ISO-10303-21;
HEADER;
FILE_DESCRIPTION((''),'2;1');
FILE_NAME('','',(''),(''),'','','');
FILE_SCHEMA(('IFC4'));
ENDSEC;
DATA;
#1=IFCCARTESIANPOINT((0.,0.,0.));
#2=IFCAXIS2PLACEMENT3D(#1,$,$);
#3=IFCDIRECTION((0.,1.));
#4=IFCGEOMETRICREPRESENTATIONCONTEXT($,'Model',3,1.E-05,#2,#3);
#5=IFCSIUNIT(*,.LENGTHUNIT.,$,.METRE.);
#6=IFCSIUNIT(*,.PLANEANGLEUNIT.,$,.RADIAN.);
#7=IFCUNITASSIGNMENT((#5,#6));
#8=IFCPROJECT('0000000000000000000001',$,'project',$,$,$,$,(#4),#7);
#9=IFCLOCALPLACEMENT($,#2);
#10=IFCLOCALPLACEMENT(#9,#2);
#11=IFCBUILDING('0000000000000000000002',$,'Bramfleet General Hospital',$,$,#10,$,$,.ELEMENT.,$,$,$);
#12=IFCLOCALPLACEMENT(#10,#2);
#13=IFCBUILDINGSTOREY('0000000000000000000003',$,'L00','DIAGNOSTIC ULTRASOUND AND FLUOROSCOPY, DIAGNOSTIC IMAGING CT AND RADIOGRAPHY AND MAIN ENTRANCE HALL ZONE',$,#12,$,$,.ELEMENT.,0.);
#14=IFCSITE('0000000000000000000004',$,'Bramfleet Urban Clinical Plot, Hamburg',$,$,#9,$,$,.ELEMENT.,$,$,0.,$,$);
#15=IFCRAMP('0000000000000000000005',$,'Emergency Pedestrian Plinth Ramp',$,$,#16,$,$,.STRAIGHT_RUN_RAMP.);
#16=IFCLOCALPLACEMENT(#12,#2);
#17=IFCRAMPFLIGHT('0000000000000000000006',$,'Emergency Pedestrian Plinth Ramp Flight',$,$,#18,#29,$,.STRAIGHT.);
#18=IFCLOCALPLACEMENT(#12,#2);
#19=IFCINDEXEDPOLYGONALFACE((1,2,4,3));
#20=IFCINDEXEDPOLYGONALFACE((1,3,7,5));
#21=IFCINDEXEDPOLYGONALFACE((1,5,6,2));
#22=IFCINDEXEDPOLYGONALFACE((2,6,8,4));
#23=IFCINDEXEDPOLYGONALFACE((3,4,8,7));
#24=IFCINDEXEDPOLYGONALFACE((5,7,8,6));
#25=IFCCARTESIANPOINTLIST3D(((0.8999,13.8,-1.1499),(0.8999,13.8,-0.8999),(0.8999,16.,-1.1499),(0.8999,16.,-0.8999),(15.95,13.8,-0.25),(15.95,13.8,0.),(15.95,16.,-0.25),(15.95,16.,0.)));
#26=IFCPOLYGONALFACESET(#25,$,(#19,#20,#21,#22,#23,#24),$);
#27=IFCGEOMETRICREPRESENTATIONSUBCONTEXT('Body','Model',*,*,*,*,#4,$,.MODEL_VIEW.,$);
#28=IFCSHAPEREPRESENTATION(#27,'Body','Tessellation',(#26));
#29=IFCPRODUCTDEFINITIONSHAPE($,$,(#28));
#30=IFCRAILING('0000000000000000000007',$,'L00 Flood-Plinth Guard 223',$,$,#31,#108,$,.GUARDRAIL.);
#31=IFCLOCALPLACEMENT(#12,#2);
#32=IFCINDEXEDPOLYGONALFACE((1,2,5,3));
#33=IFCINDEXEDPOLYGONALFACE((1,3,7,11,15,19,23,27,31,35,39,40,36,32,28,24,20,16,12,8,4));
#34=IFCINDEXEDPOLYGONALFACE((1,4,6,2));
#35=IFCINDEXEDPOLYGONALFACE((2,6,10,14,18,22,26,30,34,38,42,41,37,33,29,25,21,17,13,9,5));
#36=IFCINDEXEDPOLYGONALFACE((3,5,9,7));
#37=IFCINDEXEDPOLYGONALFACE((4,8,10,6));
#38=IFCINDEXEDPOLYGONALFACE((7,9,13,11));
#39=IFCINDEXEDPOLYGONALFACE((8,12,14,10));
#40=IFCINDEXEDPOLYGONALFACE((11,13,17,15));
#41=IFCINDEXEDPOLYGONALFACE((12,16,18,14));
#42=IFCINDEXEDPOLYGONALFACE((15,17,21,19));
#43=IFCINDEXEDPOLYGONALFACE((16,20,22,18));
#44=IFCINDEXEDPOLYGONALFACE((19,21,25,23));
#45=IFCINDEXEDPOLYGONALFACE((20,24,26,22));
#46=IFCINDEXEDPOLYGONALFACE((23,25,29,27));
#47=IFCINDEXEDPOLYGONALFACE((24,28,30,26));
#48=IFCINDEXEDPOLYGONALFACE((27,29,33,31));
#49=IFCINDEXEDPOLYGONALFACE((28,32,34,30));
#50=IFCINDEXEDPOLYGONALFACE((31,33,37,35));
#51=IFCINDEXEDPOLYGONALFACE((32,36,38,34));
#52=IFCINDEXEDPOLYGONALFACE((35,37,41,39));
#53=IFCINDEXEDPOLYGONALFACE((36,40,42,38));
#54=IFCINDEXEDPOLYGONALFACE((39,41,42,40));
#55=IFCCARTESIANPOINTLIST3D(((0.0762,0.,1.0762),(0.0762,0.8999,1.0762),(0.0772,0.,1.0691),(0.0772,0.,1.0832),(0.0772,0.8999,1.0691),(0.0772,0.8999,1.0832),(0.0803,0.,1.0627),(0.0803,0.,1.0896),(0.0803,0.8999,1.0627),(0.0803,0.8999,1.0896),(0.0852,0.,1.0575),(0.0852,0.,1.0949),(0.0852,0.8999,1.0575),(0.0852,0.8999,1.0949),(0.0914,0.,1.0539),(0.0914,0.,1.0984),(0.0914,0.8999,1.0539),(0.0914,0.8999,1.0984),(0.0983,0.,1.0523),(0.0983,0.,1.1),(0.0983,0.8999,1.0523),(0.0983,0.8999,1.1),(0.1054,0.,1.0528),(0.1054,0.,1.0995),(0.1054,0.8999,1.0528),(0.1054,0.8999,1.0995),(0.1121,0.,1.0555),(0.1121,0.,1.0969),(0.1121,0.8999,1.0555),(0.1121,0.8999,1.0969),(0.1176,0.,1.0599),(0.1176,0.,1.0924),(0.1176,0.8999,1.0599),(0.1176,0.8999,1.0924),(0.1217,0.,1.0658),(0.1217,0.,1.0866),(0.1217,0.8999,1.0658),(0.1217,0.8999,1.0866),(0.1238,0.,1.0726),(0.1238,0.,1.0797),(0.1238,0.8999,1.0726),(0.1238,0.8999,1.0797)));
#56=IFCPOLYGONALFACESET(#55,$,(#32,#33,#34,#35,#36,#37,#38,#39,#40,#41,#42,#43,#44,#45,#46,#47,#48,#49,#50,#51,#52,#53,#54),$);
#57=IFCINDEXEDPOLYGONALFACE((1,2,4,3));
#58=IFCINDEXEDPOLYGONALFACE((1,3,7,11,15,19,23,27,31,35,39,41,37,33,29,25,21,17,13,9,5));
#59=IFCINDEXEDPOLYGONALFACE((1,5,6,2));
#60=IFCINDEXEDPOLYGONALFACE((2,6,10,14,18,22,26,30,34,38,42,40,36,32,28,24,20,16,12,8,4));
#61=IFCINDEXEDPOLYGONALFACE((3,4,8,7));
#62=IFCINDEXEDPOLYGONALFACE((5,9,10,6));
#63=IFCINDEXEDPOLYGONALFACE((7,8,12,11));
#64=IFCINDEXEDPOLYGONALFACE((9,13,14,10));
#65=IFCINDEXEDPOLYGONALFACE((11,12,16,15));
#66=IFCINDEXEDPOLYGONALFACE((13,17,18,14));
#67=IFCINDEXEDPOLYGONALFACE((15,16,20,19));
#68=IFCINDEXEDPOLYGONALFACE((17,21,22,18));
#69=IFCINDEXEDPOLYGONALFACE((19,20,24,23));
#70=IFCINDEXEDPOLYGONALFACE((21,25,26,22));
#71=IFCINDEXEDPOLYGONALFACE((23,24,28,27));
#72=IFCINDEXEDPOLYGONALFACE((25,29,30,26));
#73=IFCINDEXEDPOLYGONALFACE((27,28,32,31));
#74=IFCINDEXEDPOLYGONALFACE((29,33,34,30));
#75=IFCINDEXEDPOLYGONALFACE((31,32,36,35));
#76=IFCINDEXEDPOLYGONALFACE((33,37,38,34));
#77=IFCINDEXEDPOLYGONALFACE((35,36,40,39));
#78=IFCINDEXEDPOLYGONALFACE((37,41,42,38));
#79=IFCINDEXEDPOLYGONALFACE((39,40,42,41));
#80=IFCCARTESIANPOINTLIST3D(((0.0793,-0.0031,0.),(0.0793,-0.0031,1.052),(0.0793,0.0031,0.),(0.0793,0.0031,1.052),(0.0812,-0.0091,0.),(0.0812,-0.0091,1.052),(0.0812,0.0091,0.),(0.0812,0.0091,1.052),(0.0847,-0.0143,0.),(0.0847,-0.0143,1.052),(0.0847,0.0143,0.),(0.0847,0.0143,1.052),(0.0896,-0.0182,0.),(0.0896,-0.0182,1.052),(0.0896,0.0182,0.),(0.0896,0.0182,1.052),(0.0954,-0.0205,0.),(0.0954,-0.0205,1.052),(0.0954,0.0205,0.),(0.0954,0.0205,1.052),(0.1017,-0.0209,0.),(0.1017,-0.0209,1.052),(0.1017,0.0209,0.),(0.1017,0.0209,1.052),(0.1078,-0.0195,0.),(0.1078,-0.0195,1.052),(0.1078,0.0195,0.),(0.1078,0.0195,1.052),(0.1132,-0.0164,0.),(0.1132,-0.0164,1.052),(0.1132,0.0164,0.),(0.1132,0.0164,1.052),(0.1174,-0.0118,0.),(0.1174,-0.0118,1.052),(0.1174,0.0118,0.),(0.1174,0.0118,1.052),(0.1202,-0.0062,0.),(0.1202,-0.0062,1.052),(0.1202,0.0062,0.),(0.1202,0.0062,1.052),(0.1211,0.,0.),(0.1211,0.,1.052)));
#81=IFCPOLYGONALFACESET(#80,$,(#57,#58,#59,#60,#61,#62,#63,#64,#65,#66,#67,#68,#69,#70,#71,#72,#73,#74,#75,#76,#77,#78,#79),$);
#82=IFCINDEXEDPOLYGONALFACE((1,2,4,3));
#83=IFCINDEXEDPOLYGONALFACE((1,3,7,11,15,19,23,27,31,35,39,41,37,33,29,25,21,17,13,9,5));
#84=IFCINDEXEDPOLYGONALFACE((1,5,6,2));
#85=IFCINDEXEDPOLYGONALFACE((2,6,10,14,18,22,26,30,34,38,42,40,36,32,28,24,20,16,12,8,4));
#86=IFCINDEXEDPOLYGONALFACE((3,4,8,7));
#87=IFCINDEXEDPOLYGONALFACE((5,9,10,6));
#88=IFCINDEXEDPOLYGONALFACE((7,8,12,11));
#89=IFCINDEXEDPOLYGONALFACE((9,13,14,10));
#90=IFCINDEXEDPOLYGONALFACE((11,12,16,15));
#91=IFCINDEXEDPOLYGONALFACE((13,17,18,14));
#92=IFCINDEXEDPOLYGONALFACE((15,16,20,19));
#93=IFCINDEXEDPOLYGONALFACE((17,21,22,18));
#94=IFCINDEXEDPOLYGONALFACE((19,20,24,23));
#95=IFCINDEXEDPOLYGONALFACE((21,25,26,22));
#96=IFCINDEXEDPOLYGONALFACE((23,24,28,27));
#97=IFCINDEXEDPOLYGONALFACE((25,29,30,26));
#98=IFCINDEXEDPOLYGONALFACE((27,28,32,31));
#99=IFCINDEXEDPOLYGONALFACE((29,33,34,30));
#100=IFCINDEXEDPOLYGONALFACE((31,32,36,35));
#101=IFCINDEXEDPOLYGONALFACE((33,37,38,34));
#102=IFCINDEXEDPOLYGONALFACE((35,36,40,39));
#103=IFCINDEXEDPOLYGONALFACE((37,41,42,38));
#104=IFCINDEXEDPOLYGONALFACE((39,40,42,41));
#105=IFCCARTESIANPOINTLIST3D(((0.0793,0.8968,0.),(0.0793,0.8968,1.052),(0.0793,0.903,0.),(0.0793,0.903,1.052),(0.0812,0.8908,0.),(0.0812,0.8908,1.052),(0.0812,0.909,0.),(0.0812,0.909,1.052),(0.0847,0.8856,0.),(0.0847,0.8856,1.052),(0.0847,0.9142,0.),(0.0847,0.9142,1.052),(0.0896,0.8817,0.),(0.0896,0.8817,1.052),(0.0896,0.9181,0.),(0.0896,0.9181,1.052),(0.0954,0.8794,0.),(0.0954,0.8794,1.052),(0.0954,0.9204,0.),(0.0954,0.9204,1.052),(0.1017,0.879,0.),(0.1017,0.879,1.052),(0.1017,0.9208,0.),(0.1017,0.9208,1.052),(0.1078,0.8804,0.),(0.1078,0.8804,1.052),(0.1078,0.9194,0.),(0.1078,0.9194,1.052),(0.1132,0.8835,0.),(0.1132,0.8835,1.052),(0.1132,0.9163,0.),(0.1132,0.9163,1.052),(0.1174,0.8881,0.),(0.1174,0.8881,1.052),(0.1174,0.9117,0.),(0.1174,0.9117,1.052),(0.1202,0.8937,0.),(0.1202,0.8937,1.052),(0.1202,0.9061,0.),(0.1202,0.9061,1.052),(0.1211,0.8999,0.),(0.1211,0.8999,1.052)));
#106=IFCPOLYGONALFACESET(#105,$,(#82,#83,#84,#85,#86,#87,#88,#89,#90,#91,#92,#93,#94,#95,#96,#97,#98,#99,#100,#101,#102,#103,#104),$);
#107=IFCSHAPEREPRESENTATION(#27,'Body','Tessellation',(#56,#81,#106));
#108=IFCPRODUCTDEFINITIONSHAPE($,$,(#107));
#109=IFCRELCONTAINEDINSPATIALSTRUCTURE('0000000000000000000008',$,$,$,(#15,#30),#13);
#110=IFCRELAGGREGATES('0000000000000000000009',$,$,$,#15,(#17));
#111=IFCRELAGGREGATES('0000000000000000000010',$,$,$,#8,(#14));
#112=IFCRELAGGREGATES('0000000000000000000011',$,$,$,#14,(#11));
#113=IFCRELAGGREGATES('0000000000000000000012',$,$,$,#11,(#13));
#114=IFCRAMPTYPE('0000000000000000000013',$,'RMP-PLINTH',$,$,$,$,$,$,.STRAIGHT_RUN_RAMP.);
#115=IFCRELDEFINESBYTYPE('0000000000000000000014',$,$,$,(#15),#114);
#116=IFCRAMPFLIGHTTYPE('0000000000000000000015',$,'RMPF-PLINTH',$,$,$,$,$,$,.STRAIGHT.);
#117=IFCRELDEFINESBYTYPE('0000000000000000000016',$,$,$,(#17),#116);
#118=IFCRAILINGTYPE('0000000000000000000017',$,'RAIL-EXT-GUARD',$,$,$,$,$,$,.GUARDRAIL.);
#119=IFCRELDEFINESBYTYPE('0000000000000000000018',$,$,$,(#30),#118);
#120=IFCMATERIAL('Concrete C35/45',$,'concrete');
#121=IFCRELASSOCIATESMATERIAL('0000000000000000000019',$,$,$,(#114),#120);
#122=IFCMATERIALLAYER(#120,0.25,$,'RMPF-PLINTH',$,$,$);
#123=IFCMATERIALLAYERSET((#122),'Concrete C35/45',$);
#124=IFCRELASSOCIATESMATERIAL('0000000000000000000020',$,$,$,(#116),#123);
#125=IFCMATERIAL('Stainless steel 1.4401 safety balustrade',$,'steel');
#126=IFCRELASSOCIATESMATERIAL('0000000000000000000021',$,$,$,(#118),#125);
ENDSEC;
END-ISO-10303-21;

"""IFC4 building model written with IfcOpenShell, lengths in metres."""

from ifc_helpers import new_model, si_unit, direction, frame, origin, origin_2d, place, context, subcontext, project, spatial, polyline, circle, outline, extrude, material, layer, layer_set, type_object, element, aggregate, save


model = new_model("IFC4")

# Units and contexts
model_context = context("Model", 3, precision=1e-05, world=origin(), true_north=direction((0.0, 1.0)))
body_context = subcontext(model_context, "Body", "Model", "MODEL_VIEW")
ifc_project = project(units=[si_unit("LENGTHUNIT", "METRE"), si_unit("PLANEANGLEUNIT", "RADIAN")], contexts=[model_context])

# Site, building, storey
site_placement = place(None, origin())
site = spatial("IfcSite", under=ifc_project, at=site_placement, Name="Bramfleet Urban Clinical Plot, Hamburg", CompositionType="ELEMENT", RefElevation=0.0)
building_placement = place(site_placement, origin())
building = spatial("IfcBuilding", under=site, at=building_placement, Name="Bramfleet General Hospital", CompositionType="ELEMENT")
storey_placement = place(building_placement, origin())
storey = spatial("IfcBuildingStorey", under=building, at=storey_placement, Name="L00", Description="DIAGNOSTIC ULTRASOUND AND FLUOROSCOPY, DIAGNOSTIC IMAGING CT AND RADIOGRAPHY AND MAIN ENTRANCE HALL ZONE", CompositionType="ELEMENT", Elevation=0.0)

# Shared definitions
ifc_material_1 = material(Name="Concrete C35/45", Category="concrete")

# Ramp, ramp flight
ramp_type = type_object("IfcRampType", Name="RMP-PLINTH", PredefinedType="STRAIGHT_RUN_RAMP", material=ifc_material_1)
ifc_layer_1 = layer(ifc_material_1, 0.25, Name="RMPF-PLINTH")
ifc_layer_set_1 = layer_set([ifc_layer_1], Name="Concrete C35/45")
ramp_flight_type = type_object("IfcRampFlightType", Name="RMPF-PLINTH", PredefinedType="STRAIGHT", material=ifc_layer_set_1)
ramp_1_placement = place(storey_placement, origin())
ramp_1 = element("IfcRamp", 1, at=ramp_1_placement, inside=storey, type_object=ramp_type, Name="Emergency Pedestrian Plinth Ramp", PredefinedType="STRAIGHT_RUN_RAMP")
ramp_flight_1_placement = place(storey_placement, frame((0.8999, 14.8999, -0.8999), z_axis=(0.0, 0.0, 1.0), x_axis=(1.0, 0.0, 0.0)))
ramp_flight_1 = element("IfcRampFlight", 2, at=ramp_flight_1_placement, type_object=ramp_flight_type, Name="Emergency Pedestrian Plinth Ramp Flight", PredefinedType="STRAIGHT", context=body_context, shape_type="SweptSolid", body=[
    extrude(outline(polyline([(0.0, 0.0), (0.0, -0.25), (15.05, 0.6499), (15.05, 0.8999), (0.0, 0.0)])), frame((0.0, 1.1001, 0.0), z_axis=(0.0, -1.0, 0.0), x_axis=(1.0, 0.0, 0.0)), (0.0, 0.0, 1.0), 2.2),
])
aggregate(ramp_1, [ramp_flight_1])

# Railing
ifc_material_2 = material(Name="Stainless steel 1.4401 safety balustrade", Category="steel")
railing_type_1 = type_object("IfcRailingType", Name="RAIL-EXT-GUARD", PredefinedType="GUARDRAIL", material=ifc_material_2)
railing_1_placement = place(storey_placement, frame((0.1001, 0.0, 0.0)))
element("IfcRailing", 3, at=railing_1_placement, inside=storey, type_object=railing_type_1, Name="L00 Flood-Plinth Guard 223", PredefinedType="GUARDRAIL", context=body_context, shape_type="SweptSolid", body=[
    extrude(circle(Radius=0.0239, at=origin_2d()), frame((0.0, 0.0, 1.0762), z_axis=(0.0, 1.0, 0.0), x_axis=(-1.0, 0.0, 0.0)), (0.0, 0.0, 1.0), 0.8999),
    extrude(circle(Radius=0.021, at=origin_2d()), origin(), (0.0, 0.0, 1.0), 1.052),
    extrude(circle(Radius=0.021, at=origin_2d()), frame((0.0, 0.8999, 0.0)), (0.0, 0.0, 1.0), 1.052),
])

save(model, "model.ifc")
